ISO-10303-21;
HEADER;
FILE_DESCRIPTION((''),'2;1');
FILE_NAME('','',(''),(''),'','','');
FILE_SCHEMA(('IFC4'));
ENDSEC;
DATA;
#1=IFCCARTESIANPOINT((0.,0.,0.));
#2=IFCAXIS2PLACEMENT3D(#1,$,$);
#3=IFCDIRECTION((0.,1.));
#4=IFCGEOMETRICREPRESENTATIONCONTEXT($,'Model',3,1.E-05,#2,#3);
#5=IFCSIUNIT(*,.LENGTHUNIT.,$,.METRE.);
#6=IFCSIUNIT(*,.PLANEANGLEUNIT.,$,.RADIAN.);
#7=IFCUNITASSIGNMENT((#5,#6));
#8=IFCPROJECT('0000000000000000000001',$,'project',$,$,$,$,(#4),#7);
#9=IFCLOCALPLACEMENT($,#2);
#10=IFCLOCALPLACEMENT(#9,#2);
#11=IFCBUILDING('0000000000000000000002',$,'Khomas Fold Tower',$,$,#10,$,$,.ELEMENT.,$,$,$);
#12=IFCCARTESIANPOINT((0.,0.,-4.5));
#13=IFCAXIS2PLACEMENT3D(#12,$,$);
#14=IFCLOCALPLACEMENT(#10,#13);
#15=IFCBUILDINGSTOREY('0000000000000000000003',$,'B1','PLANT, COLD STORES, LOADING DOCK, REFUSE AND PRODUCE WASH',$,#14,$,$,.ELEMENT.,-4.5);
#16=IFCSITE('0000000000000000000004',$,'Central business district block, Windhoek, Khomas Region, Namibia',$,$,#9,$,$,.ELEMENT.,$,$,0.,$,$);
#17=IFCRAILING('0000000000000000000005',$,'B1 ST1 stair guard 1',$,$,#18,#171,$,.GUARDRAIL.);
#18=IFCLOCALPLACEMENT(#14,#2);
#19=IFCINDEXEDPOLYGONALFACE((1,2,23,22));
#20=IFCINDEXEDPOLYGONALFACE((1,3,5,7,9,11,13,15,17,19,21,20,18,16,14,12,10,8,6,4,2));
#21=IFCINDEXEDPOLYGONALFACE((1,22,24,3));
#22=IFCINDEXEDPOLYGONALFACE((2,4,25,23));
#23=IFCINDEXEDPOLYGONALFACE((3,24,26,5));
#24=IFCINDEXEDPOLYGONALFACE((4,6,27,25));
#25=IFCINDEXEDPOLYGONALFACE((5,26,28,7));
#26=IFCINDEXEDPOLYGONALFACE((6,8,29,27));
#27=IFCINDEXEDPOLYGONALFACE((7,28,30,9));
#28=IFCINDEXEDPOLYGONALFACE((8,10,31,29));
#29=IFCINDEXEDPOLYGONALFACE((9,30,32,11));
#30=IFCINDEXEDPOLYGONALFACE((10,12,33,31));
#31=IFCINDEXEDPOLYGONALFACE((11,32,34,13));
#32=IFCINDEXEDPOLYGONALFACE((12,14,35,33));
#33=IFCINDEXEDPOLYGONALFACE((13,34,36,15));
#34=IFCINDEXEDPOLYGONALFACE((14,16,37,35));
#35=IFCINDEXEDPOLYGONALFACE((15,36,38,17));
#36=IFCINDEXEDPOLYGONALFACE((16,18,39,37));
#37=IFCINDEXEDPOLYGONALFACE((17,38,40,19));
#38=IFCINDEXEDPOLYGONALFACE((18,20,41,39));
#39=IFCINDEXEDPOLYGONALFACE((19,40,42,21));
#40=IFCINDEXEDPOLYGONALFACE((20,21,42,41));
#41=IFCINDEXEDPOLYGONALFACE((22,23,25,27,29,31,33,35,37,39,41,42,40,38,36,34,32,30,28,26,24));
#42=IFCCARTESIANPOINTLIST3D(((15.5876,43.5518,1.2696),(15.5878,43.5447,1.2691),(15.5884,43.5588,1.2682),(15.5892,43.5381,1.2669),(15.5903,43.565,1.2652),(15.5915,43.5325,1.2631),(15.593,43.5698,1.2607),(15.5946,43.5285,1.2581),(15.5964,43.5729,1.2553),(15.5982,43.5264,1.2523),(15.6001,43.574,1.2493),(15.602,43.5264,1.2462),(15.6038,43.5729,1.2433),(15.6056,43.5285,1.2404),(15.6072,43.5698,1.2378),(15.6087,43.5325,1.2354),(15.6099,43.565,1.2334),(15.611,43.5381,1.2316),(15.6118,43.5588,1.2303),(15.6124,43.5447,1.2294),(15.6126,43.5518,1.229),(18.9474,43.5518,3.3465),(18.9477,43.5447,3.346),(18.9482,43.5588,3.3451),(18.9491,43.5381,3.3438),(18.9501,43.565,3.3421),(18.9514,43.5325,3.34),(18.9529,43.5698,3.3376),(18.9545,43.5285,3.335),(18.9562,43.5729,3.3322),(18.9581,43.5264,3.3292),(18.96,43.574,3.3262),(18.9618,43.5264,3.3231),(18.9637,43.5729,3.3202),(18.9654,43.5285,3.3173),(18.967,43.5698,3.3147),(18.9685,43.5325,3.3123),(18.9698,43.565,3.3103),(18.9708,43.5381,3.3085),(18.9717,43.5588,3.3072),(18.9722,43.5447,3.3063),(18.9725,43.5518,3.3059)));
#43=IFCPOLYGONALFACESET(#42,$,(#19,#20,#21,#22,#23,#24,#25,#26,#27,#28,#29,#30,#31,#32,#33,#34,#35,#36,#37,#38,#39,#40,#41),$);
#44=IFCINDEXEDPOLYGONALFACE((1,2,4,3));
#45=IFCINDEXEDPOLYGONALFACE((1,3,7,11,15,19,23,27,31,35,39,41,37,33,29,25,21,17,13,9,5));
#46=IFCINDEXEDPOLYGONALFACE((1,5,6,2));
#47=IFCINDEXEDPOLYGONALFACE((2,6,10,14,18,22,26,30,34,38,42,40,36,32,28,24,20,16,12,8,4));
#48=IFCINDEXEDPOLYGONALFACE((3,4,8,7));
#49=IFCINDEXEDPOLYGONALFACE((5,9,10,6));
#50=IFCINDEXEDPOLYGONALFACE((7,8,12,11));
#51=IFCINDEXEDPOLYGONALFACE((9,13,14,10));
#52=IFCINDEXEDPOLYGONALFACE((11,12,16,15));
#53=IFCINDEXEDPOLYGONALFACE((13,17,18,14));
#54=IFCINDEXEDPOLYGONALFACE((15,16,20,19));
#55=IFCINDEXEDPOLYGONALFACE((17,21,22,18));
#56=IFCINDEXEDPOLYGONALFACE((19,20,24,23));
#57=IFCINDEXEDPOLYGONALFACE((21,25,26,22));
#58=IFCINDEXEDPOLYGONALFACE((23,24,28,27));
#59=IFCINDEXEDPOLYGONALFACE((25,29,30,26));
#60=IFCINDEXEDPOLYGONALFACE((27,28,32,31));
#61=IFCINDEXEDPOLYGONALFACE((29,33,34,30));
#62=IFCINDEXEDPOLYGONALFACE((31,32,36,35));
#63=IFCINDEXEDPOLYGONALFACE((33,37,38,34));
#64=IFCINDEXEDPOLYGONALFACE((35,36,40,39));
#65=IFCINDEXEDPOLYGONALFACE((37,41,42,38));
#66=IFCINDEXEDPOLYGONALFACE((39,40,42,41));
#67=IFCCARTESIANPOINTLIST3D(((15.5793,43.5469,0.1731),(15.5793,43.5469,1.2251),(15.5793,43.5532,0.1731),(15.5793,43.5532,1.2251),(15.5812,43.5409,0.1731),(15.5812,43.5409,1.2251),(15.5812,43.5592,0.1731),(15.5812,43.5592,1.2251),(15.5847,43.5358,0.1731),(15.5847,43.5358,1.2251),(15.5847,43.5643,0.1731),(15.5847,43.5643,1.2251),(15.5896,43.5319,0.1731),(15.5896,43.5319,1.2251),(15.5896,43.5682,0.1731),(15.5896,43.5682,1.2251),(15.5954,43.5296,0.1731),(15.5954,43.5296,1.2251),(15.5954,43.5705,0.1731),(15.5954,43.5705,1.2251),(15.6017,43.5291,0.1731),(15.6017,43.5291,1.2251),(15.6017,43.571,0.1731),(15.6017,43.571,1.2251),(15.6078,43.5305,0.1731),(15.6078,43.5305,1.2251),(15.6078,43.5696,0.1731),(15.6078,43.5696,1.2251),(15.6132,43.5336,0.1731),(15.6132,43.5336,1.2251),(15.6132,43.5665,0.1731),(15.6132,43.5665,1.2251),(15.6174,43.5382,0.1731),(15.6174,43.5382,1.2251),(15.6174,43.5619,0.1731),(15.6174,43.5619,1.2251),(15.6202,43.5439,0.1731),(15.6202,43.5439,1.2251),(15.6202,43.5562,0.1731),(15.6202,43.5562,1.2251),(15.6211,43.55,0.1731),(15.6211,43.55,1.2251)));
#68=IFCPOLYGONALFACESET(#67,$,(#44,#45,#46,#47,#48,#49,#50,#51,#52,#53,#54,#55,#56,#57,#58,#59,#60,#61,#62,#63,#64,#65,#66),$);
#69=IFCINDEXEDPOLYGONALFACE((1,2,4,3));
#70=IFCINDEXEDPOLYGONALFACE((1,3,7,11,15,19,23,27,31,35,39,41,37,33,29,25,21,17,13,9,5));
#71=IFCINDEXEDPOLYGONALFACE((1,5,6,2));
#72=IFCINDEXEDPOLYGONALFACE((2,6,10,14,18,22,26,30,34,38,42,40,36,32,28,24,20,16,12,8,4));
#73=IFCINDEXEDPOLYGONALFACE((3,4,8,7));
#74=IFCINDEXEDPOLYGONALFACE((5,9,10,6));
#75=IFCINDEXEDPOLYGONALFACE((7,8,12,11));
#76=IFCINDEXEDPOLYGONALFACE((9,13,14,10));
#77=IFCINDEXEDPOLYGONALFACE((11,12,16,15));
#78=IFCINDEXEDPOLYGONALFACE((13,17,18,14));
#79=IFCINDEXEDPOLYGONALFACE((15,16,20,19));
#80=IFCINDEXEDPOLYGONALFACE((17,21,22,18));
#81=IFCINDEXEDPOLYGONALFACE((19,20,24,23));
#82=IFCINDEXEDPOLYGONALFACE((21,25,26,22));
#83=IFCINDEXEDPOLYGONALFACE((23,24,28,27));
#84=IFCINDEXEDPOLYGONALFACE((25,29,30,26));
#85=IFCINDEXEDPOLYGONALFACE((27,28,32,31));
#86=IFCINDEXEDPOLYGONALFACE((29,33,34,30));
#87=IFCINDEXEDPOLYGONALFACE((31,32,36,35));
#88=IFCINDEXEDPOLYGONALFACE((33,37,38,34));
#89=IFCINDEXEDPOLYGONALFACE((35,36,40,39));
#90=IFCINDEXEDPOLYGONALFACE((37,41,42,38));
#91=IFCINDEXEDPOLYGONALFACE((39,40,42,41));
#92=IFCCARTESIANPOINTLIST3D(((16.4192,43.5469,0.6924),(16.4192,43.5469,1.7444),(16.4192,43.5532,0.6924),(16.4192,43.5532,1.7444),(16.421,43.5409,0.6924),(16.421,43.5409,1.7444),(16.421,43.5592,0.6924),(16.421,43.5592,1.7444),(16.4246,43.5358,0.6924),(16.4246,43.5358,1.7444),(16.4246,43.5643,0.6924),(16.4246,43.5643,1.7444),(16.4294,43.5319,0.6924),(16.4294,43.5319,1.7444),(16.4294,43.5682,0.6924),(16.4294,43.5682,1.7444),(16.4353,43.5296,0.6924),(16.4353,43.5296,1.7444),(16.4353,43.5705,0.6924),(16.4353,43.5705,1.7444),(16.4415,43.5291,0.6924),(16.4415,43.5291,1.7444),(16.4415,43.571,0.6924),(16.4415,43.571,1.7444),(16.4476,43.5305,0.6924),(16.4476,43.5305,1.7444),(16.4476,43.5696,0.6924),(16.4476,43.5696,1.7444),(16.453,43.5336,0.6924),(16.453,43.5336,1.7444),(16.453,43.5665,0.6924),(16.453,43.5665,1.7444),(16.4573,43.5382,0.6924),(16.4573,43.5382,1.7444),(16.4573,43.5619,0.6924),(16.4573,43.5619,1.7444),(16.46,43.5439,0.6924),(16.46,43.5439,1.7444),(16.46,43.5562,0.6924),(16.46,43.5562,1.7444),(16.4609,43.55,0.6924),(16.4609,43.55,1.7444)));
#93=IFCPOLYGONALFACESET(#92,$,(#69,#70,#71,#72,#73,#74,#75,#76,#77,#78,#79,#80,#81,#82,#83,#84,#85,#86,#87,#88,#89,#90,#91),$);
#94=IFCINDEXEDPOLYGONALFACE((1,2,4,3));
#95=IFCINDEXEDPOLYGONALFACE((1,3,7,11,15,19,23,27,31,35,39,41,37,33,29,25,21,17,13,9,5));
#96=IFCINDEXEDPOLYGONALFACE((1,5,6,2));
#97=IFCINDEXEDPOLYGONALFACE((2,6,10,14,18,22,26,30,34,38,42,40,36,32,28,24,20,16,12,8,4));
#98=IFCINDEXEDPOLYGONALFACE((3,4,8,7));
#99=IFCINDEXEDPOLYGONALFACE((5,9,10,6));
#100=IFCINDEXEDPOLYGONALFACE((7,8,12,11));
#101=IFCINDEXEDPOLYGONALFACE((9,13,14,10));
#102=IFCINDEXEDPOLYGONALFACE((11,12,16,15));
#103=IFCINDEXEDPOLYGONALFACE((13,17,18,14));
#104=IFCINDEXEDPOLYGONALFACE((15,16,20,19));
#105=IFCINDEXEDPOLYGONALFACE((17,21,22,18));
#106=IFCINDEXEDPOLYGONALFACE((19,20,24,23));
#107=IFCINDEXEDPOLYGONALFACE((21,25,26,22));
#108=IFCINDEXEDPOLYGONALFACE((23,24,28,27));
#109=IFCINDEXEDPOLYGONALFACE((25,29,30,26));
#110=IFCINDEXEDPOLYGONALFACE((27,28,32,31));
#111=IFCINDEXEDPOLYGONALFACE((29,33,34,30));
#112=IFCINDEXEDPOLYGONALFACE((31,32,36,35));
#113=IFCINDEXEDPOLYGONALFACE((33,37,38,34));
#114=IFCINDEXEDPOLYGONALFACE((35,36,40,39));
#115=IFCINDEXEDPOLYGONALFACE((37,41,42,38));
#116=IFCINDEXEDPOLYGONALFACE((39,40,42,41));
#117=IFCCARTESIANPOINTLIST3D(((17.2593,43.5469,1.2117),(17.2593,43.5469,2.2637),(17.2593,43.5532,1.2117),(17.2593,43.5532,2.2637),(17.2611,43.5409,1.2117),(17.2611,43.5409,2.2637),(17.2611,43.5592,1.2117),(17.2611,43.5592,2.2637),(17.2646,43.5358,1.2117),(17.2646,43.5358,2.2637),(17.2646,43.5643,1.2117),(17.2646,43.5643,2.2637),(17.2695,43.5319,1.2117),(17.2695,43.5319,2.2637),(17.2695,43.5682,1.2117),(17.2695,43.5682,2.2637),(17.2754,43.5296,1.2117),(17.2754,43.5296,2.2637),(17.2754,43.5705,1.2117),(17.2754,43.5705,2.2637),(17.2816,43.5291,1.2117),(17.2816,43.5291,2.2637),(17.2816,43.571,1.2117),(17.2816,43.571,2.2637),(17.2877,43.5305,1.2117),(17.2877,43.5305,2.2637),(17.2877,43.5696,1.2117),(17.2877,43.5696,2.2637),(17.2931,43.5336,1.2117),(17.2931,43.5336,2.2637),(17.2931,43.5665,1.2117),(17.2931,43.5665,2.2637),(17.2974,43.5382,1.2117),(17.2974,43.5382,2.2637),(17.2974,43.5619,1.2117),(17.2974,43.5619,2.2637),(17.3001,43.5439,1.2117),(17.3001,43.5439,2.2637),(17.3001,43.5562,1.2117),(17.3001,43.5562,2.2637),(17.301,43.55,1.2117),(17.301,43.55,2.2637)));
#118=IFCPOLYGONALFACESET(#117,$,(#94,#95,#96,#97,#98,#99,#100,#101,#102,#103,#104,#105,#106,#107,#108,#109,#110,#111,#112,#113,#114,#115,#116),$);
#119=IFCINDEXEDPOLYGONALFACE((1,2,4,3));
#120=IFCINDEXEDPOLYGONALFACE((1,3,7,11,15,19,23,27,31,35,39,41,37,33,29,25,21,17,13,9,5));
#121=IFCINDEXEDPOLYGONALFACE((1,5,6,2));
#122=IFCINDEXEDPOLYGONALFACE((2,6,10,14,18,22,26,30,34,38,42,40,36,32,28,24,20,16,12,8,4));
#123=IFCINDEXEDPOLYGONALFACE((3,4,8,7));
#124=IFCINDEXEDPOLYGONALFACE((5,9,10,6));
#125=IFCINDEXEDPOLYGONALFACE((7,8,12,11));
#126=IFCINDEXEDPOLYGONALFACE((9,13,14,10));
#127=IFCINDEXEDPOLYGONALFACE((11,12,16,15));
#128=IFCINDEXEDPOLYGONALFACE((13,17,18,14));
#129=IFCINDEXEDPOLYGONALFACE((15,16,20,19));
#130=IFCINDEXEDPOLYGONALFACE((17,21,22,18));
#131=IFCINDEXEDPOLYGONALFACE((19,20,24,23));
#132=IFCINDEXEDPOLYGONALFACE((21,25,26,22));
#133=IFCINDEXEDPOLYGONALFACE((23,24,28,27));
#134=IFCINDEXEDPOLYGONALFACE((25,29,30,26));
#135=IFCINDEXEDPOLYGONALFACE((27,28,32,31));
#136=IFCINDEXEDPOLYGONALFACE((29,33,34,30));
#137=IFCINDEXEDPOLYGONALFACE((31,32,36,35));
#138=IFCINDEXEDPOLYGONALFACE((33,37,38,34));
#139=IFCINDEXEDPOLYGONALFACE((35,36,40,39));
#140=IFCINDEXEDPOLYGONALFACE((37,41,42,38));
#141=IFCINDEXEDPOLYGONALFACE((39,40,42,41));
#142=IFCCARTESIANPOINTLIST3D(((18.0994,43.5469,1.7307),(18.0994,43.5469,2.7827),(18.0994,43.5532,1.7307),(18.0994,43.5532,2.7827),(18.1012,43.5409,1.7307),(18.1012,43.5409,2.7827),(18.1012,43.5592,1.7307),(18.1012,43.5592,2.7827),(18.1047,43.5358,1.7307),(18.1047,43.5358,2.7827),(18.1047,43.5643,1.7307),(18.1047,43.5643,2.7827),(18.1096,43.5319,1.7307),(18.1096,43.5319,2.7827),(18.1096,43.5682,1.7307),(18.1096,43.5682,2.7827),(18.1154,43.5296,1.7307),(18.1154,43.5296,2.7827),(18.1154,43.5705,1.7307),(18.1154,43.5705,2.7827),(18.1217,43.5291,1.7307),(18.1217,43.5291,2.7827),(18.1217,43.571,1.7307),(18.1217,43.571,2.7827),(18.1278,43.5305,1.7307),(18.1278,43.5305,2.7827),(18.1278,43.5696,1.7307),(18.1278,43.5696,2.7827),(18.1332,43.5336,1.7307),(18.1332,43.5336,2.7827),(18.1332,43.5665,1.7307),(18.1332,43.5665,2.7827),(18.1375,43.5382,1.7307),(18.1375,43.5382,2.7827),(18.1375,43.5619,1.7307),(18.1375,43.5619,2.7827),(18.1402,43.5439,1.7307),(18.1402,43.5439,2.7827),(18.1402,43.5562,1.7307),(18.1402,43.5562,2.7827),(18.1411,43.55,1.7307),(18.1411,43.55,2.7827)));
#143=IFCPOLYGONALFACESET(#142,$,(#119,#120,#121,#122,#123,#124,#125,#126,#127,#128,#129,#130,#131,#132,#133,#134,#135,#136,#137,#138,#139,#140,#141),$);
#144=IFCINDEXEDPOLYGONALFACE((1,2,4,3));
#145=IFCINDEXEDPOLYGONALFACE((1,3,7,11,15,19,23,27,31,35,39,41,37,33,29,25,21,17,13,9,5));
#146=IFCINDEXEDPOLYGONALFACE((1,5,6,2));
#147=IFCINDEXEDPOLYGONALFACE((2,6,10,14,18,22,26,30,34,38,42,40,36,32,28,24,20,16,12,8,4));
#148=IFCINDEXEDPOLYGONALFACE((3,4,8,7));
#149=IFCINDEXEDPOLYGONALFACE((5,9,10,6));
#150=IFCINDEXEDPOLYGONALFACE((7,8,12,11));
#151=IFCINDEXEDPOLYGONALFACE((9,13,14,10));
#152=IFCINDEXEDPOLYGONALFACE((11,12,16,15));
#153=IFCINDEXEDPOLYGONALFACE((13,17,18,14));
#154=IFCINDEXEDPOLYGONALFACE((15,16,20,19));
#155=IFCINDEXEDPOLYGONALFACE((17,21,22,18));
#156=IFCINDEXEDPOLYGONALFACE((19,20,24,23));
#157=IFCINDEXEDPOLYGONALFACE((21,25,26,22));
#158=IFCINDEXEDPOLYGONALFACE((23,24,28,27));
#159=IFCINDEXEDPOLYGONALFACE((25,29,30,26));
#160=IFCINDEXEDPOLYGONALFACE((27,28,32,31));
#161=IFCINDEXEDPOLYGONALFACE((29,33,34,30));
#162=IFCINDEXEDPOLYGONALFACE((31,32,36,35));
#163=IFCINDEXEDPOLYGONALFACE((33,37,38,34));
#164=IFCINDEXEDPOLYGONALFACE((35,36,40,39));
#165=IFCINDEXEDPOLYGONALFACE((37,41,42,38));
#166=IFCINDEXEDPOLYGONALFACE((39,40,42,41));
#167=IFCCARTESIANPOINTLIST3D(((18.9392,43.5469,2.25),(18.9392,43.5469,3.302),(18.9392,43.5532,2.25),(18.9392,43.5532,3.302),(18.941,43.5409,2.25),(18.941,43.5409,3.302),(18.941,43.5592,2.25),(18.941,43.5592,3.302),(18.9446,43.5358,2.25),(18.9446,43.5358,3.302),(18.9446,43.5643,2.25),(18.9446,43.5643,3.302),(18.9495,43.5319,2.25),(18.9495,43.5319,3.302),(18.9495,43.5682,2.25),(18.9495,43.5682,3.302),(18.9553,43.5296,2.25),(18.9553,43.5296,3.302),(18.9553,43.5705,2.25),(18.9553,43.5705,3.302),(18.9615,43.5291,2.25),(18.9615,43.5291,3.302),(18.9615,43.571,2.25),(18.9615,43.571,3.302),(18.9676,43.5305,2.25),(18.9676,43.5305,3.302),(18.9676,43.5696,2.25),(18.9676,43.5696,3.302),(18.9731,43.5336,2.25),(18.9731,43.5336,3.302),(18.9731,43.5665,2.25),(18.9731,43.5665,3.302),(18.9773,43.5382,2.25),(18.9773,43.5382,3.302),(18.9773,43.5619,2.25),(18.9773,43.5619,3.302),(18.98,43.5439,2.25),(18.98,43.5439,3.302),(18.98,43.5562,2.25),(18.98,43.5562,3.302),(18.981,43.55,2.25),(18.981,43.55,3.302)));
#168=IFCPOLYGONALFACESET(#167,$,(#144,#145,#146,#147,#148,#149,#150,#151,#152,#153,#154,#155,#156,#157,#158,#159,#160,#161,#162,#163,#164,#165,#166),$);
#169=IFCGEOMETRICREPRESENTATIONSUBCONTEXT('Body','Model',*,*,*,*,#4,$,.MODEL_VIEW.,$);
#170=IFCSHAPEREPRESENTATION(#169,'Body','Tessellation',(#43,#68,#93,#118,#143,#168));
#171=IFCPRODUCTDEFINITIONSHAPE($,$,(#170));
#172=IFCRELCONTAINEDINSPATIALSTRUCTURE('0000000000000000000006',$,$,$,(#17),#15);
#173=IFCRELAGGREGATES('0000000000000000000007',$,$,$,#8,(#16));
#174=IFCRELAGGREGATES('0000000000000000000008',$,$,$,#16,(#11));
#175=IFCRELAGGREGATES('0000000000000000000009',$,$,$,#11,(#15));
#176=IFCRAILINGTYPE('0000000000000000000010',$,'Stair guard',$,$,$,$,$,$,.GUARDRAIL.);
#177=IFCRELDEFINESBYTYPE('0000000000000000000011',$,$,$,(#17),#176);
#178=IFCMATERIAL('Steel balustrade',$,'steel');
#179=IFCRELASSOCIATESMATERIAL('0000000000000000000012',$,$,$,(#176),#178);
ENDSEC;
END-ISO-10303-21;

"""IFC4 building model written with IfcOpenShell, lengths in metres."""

from ifc_helpers import new_model, si_unit, direction, frame, origin, origin_2d, place, context, subcontext, project, spatial, circle, extrude, source, transform, mapped, material, type_object, element, save


model = new_model("IFC4")

# Units and contexts
model_context = context("Model", 3, precision=1e-05, world=origin(), true_north=direction((0.0, 1.0)))
body_context = subcontext(model_context, "Body", "Model", "MODEL_VIEW")
ifc_project = project(units=[si_unit("LENGTHUNIT", "METRE"), si_unit("PLANEANGLEUNIT", "RADIAN")], contexts=[model_context])

# Site, building, storey
site_placement = place(None, origin())
site = spatial("IfcSite", under=ifc_project, at=site_placement, Name="Central business district block, Windhoek, Khomas Region, Namibia", CompositionType="ELEMENT", RefElevation=0.0)
building_placement = place(site_placement, origin())
building = spatial("IfcBuilding", under=site, at=building_placement, Name="Khomas Fold Tower", CompositionType="ELEMENT")
storey_placement = place(building_placement, frame((0.0, 0.0, -4.5)))
storey = spatial("IfcBuildingStorey", under=building, at=storey_placement, Name="B1", Description="PLANT, COLD STORES, LOADING DOCK, REFUSE AND PRODUCE WASH", CompositionType="ELEMENT", Elevation=-4.5)

# Railing
ifc_material_1 = material(Name="Steel balustrade", Category="steel")
railing_type_1 = type_object("IfcRailingType", Name="Stair guard", PredefinedType="GUARDRAIL", material=ifc_material_1)
shared_shape_1 = source(origin(), body_context, "Body", "SweptSolid", [
    extrude(circle(Radius=0.0239, at=origin_2d()), frame((0.0, 0.0, 1.0762), z_axis=(0.850606, 0.0, 0.525803), x_axis=(0.0, 1.0, 0.0)), (0.0, 0.0, 1.0), 3.95),
    extrude(circle(Radius=0.021, at=origin_2d()), origin(), (0.0, 0.0, 1.0), 1.052),
    extrude(circle(Radius=0.021, at=origin_2d()), frame((0.8398, 0.0, 0.5193)), (0.0, 0.0, 1.0), 1.052),
    extrude(circle(Radius=0.021, at=origin_2d()), frame((1.6799, 0.0, 1.0386)), (0.0, 0.0, 1.0), 1.052),
    extrude(circle(Radius=0.021, at=origin_2d()), frame((2.52, 0.0, 1.5576)), (0.0, 0.0, 1.0), 1.052),
    extrude(circle(Radius=0.021, at=origin_2d()), frame((3.3599, 0.0, 2.0769)), (0.0, 0.0, 1.0), 1.052),
])
railing_1_placement = place(storey_placement, frame((15.6001, 43.55, 0.1731)))
element("IfcRailing", 1, at=railing_1_placement, inside=storey, type_object=railing_type_1, Name="B1 ST1 stair guard 1", PredefinedType="GUARDRAIL", context=body_context, shape_type="MappedRepresentation", body=[
    mapped(shared_shape_1, transform((0.0, 0.0, 0.0))),
])

save(model, "model.ifc")
